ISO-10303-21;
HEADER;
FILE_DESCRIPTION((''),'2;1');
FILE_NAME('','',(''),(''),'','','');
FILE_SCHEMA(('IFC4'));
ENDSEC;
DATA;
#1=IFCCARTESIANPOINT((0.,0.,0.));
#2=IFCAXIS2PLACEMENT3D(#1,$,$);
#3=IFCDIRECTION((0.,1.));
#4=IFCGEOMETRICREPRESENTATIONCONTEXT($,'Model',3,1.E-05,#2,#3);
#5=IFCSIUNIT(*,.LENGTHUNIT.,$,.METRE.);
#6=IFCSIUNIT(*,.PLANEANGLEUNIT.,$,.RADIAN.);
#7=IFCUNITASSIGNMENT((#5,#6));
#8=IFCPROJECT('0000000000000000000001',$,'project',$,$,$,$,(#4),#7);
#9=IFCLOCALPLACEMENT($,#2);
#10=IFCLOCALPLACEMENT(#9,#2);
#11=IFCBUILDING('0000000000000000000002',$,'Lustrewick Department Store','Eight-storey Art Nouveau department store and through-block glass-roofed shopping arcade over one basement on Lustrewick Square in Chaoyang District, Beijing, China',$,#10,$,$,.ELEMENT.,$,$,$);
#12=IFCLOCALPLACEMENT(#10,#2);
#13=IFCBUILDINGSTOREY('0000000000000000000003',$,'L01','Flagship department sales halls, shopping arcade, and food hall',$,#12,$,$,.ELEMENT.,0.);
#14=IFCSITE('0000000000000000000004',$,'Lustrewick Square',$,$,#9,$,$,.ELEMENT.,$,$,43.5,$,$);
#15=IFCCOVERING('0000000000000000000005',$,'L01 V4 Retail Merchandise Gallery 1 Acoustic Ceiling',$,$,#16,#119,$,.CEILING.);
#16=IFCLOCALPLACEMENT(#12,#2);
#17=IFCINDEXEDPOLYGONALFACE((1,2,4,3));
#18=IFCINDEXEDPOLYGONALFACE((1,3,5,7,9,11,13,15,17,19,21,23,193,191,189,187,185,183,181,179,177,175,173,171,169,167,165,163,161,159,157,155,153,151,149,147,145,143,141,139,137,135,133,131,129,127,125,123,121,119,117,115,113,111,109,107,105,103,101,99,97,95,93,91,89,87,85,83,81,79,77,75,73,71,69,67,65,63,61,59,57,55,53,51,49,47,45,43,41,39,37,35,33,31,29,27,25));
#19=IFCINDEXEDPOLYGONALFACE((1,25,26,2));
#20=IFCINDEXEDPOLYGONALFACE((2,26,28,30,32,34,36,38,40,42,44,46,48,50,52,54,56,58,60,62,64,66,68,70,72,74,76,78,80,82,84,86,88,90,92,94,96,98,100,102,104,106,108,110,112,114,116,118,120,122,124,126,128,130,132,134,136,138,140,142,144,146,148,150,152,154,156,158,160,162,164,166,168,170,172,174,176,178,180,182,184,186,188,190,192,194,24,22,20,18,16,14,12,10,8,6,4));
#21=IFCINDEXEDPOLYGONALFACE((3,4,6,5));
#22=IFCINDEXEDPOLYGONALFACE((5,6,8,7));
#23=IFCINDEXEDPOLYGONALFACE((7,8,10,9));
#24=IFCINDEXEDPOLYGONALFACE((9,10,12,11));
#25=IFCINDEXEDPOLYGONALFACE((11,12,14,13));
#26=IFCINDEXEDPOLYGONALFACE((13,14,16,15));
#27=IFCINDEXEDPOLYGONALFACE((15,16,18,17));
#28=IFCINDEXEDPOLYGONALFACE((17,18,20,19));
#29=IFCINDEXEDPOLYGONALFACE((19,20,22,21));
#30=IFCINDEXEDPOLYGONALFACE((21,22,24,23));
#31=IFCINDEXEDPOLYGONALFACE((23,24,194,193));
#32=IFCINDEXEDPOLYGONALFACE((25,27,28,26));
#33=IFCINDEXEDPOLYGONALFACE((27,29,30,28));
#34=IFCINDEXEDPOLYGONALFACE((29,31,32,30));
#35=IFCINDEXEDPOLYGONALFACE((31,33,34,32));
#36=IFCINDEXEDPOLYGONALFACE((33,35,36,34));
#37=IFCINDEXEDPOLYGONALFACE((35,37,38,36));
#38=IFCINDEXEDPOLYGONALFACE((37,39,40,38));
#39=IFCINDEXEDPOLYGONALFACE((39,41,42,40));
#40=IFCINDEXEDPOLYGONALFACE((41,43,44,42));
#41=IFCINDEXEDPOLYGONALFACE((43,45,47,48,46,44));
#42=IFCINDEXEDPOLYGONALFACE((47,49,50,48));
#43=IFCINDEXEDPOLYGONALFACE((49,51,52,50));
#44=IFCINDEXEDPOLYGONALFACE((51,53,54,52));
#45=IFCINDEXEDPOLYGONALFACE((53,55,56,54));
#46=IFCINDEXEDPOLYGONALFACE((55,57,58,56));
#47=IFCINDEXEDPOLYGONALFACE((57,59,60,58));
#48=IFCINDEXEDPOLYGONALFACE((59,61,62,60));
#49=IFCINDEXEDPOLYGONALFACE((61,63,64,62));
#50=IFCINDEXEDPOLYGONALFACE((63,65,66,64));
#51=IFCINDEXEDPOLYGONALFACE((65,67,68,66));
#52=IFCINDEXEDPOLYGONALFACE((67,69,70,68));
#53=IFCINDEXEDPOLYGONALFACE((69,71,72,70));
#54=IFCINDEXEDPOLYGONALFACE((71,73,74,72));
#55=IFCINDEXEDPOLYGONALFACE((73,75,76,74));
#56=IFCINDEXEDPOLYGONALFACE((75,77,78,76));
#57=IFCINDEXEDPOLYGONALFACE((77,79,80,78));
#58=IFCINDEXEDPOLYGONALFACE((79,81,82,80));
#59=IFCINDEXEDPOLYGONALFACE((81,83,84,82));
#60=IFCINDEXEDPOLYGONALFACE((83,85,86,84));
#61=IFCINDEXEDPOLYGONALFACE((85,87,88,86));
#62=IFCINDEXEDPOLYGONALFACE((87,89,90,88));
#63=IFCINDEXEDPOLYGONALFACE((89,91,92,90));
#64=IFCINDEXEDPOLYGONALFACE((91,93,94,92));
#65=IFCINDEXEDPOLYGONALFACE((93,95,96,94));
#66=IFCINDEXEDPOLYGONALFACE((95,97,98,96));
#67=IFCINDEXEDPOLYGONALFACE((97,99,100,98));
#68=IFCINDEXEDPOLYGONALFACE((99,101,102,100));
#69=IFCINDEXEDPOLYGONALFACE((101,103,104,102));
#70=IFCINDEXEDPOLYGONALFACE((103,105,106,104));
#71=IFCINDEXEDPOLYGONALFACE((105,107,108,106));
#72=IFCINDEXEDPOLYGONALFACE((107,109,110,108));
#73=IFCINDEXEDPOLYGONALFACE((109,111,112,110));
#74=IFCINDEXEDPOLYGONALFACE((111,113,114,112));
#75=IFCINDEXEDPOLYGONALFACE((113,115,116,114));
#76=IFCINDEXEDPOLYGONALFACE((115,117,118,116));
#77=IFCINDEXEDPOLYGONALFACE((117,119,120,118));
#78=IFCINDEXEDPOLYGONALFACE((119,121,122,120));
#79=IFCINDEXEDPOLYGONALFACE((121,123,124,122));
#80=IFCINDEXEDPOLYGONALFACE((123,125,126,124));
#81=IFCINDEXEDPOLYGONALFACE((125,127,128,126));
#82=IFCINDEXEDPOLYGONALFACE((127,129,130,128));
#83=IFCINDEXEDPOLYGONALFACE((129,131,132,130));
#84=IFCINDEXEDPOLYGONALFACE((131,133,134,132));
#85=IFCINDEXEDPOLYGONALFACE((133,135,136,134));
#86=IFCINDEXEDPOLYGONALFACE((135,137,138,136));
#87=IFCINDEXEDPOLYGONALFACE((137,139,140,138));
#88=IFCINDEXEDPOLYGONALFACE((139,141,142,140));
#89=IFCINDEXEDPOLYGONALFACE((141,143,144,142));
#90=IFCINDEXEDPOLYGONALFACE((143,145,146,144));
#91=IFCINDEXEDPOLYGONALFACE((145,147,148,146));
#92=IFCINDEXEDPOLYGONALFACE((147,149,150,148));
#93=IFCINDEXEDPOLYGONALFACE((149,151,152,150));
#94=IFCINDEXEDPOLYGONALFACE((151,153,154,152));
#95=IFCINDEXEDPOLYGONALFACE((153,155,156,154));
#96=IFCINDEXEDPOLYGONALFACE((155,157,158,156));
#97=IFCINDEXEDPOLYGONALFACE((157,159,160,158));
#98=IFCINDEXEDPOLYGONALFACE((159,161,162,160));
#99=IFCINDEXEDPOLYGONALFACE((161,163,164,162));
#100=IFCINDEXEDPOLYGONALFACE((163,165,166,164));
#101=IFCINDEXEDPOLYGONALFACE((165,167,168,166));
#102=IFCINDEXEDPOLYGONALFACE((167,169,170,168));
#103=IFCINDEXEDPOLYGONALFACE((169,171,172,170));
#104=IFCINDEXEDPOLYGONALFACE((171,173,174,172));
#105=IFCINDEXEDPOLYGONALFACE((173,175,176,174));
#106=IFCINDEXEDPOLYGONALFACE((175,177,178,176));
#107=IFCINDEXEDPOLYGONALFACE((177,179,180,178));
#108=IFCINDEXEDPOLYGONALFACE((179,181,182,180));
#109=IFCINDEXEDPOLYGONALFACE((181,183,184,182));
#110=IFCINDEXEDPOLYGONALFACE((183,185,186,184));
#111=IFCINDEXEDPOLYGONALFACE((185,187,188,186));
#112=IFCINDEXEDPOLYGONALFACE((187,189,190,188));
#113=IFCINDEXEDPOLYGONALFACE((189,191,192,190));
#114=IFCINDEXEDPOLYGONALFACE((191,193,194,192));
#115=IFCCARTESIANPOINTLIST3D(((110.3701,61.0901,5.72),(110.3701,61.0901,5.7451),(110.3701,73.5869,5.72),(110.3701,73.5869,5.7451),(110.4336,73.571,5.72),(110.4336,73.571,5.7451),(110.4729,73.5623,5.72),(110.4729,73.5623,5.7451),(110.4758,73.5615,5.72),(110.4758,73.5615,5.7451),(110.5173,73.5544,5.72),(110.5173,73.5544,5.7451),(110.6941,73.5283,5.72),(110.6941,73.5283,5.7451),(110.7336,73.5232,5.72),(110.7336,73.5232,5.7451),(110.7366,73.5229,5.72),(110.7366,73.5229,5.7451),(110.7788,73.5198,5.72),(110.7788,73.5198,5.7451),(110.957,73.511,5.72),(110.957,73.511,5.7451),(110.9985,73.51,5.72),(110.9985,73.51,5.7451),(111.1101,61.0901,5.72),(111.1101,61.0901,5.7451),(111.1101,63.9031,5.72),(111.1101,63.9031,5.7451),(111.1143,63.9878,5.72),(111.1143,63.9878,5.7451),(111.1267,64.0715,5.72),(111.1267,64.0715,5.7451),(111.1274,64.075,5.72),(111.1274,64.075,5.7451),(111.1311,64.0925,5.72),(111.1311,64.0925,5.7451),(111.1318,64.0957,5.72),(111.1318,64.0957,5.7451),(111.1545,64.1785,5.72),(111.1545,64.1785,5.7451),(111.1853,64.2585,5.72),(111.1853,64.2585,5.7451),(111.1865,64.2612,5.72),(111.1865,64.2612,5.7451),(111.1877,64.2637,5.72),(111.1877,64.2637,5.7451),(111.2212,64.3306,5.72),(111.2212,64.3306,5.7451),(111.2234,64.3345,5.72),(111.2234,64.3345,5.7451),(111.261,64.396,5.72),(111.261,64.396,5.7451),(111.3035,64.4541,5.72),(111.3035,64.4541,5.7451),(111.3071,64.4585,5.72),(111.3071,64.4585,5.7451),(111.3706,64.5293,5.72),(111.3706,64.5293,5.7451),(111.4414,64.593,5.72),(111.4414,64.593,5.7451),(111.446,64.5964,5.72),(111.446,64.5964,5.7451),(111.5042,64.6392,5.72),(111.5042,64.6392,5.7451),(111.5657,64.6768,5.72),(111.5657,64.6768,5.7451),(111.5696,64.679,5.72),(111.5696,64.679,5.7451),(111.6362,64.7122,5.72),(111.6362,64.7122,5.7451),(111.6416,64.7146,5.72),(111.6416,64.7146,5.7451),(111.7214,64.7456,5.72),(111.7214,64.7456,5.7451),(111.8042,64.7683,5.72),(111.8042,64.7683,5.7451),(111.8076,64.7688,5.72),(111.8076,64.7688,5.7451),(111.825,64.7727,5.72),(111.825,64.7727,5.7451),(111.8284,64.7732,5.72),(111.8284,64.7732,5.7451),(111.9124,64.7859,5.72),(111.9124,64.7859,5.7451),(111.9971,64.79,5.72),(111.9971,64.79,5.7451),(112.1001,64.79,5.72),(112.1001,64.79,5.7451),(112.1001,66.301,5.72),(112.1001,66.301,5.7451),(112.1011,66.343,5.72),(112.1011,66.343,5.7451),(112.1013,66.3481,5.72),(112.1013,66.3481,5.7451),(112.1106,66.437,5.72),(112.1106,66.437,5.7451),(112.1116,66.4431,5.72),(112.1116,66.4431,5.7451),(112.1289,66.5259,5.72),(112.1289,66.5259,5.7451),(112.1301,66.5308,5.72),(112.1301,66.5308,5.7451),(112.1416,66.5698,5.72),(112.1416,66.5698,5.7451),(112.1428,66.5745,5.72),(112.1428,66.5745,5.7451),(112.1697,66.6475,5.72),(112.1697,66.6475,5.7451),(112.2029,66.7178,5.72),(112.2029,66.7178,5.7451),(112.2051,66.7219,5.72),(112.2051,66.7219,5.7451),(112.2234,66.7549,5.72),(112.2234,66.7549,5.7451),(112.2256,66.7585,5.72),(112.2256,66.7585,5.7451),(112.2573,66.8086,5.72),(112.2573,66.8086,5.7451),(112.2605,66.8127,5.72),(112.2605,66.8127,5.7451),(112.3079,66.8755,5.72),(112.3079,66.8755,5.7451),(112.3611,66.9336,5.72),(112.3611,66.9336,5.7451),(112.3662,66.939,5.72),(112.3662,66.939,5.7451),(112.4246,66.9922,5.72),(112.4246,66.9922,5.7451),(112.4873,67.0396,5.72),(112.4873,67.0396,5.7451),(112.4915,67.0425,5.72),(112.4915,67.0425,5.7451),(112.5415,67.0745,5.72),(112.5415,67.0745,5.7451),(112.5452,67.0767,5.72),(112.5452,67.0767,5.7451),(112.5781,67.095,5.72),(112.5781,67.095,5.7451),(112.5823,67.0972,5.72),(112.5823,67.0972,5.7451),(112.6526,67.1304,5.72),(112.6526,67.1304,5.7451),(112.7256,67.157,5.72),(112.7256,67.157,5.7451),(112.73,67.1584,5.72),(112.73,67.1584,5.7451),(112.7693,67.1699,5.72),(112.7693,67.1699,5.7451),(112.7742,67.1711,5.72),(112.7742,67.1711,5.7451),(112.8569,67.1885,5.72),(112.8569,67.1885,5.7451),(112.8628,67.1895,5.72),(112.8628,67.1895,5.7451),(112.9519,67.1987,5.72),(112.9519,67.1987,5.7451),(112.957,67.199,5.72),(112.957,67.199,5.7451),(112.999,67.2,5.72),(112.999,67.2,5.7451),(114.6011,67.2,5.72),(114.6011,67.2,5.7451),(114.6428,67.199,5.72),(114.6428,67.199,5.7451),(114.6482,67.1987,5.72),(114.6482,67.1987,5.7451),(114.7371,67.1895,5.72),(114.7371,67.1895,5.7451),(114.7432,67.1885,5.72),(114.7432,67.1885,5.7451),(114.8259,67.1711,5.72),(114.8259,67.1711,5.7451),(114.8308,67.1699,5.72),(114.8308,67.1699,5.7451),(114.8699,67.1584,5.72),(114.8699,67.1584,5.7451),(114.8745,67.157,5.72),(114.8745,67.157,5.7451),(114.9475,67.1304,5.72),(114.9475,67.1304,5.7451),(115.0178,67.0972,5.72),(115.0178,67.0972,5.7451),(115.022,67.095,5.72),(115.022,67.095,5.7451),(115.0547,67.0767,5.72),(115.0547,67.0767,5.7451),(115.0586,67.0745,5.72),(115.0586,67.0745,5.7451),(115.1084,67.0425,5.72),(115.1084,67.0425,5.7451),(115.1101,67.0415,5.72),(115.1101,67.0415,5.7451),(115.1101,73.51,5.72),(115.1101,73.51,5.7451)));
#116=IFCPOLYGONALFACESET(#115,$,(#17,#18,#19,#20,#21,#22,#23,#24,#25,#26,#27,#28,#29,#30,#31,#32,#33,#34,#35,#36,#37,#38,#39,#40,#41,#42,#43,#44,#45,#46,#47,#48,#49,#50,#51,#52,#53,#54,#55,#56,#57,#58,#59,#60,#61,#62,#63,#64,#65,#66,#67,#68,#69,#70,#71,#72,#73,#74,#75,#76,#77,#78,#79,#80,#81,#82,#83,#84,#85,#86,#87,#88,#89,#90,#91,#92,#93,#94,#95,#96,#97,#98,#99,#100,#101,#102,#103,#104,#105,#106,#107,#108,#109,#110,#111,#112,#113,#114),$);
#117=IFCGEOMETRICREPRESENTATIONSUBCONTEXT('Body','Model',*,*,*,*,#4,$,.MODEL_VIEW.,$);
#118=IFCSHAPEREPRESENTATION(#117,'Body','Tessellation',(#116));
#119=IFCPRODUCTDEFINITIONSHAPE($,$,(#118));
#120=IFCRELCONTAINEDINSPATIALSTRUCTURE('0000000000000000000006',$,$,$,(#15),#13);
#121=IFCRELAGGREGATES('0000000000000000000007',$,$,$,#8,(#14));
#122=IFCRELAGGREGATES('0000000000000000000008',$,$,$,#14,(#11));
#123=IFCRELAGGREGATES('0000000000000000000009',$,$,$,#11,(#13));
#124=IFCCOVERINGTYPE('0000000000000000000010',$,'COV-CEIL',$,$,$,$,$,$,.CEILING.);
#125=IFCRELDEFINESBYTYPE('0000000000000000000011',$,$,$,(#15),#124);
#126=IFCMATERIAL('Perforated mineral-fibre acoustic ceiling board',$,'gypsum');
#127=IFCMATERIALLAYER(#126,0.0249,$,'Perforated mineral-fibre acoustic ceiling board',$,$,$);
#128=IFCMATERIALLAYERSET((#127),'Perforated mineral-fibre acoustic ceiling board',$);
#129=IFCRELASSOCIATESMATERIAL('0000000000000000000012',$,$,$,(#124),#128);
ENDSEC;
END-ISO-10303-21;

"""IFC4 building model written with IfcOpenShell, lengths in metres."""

from ifc_helpers import new_model, si_unit, direction, frame, origin, place, context, subcontext, project, spatial, polyline, outline, extrude, material, layer, layer_set, type_object, element, save


model = new_model("IFC4")

# Units and contexts
model_context = context("Model", 3, precision=1e-05, world=origin(), true_north=direction((0.0, 1.0)))
body_context = subcontext(model_context, "Body", "Model", "MODEL_VIEW")
ifc_project = project(units=[si_unit("LENGTHUNIT", "METRE"), si_unit("PLANEANGLEUNIT", "RADIAN")], contexts=[model_context])

# Site, building, storey
site_placement = place(None, origin())
site = spatial("IfcSite", under=ifc_project, at=site_placement, Name="Lustrewick Square", CompositionType="ELEMENT", RefElevation=43.5)
building_placement = place(site_placement, origin())
building = spatial("IfcBuilding", under=site, at=building_placement, Name="Lustrewick Department Store", Description="Eight-storey Art Nouveau department store and through-block glass-roofed shopping arcade over one basement on Lustrewick Square in Chaoyang District, Beijing, China", CompositionType="ELEMENT")
storey_placement = place(building_placement, origin())
storey = spatial("IfcBuildingStorey", under=building, at=storey_placement, Name="L01", Description="Flagship department sales halls, shopping arcade, and food hall", CompositionType="ELEMENT", Elevation=0.0)

# Covering
ifc_material_1 = material(Name="Perforated mineral-fibre acoustic ceiling board", Category="gypsum")
ifc_layer_1 = layer(ifc_material_1, 0.0249, Name="Perforated mineral-fibre acoustic ceiling board")
ifc_layer_set_1 = layer_set([ifc_layer_1], Name="Perforated mineral-fibre acoustic ceiling board")
covering_type_1 = type_object("IfcCoveringType", Name="COV-CEIL", PredefinedType="CEILING", material=ifc_layer_set_1)
covering_1_placement = place(storey_placement, frame((0.0, 0.0, 5.72)))
element("IfcCovering", 1, at=covering_1_placement, inside=storey, type_object=covering_type_1, Name="L01 V4 Retail Merchandise Gallery 1 Acoustic Ceiling", PredefinedType="CEILING", context=body_context, shape_type="SweptSolid", body=[
    extrude(outline(polyline([(110.3701, 73.5869), (110.3701, 61.0901), (111.1101, 61.0901), (111.1101, 63.9031), (111.1143, 63.9878), (111.1267, 64.0715), (111.1274, 64.075), (111.1311, 64.0925), (111.1318, 64.0957), (111.1545, 64.1785), (111.1853, 64.2585), (111.1865, 64.2612), (111.1877, 64.2637), (111.2212, 64.3306), (111.2234, 64.3345), (111.261, 64.396), (111.3035, 64.4541), (111.3071, 64.4585), (111.3706, 64.5293), (111.4414, 64.593), (111.446, 64.5964), (111.5042, 64.6392), (111.5657, 64.6768), (111.5696, 64.679), (111.6362, 64.7122), (111.6416, 64.7146), (111.7214, 64.7456), (111.8042, 64.7683), (111.8076, 64.7688), (111.825, 64.7727), (111.8284, 64.7732), (111.9124, 64.7859), (111.9971, 64.79), (112.1001, 64.79), (112.1001, 66.301), (112.1011, 66.343), (112.1013, 66.3481), (112.1106, 66.437), (112.1116, 66.4431), (112.1289, 66.5259), (112.1301, 66.5308), (112.1416, 66.5698), (112.1428, 66.5745), (112.1697, 66.6475), (112.2029, 66.7178), (112.2051, 66.7219), (112.2234, 66.7549), (112.2256, 66.7585), (112.2573, 66.8086), (112.2605, 66.8127), (112.3079, 66.8755), (112.3611, 66.9336), (112.3662, 66.939), (112.4246, 66.9922), (112.4873, 67.0396), (112.4915, 67.0425), (112.5415, 67.0745), (112.5452, 67.0767), (112.5781, 67.095), (112.5823, 67.0972), (112.6526, 67.1304), (112.7256, 67.157), (112.73, 67.1584), (112.7693, 67.1699), (112.7742, 67.1711), (112.8569, 67.1885), (112.8628, 67.1895), (112.9519, 67.1987), (112.957, 67.199), (112.999, 67.2), (114.6011, 67.2), (114.6428, 67.199), (114.6482, 67.1987), (114.7371, 67.1895), (114.7432, 67.1885), (114.8259, 67.1711), (114.8308, 67.1699), (114.8699, 67.1584), (114.8745, 67.157), (114.9475, 67.1304), (115.0178, 67.0972), (115.022, 67.095), (115.0547, 67.0767), (115.0586, 67.0745), (115.1084, 67.0425), (115.1101, 67.0415), (115.1101, 73.51), (110.9985, 73.51), (110.957, 73.511), (110.7788, 73.5198), (110.7366, 73.5229), (110.7336, 73.5232), (110.6941, 73.5283), (110.5173, 73.5544), (110.4758, 73.5615), (110.4729, 73.5623), (110.4336, 73.571), (110.3701, 73.5869)])), origin(), (0.0, 0.0, 1.0), 0.0251),
])

save(model, "model.ifc")
